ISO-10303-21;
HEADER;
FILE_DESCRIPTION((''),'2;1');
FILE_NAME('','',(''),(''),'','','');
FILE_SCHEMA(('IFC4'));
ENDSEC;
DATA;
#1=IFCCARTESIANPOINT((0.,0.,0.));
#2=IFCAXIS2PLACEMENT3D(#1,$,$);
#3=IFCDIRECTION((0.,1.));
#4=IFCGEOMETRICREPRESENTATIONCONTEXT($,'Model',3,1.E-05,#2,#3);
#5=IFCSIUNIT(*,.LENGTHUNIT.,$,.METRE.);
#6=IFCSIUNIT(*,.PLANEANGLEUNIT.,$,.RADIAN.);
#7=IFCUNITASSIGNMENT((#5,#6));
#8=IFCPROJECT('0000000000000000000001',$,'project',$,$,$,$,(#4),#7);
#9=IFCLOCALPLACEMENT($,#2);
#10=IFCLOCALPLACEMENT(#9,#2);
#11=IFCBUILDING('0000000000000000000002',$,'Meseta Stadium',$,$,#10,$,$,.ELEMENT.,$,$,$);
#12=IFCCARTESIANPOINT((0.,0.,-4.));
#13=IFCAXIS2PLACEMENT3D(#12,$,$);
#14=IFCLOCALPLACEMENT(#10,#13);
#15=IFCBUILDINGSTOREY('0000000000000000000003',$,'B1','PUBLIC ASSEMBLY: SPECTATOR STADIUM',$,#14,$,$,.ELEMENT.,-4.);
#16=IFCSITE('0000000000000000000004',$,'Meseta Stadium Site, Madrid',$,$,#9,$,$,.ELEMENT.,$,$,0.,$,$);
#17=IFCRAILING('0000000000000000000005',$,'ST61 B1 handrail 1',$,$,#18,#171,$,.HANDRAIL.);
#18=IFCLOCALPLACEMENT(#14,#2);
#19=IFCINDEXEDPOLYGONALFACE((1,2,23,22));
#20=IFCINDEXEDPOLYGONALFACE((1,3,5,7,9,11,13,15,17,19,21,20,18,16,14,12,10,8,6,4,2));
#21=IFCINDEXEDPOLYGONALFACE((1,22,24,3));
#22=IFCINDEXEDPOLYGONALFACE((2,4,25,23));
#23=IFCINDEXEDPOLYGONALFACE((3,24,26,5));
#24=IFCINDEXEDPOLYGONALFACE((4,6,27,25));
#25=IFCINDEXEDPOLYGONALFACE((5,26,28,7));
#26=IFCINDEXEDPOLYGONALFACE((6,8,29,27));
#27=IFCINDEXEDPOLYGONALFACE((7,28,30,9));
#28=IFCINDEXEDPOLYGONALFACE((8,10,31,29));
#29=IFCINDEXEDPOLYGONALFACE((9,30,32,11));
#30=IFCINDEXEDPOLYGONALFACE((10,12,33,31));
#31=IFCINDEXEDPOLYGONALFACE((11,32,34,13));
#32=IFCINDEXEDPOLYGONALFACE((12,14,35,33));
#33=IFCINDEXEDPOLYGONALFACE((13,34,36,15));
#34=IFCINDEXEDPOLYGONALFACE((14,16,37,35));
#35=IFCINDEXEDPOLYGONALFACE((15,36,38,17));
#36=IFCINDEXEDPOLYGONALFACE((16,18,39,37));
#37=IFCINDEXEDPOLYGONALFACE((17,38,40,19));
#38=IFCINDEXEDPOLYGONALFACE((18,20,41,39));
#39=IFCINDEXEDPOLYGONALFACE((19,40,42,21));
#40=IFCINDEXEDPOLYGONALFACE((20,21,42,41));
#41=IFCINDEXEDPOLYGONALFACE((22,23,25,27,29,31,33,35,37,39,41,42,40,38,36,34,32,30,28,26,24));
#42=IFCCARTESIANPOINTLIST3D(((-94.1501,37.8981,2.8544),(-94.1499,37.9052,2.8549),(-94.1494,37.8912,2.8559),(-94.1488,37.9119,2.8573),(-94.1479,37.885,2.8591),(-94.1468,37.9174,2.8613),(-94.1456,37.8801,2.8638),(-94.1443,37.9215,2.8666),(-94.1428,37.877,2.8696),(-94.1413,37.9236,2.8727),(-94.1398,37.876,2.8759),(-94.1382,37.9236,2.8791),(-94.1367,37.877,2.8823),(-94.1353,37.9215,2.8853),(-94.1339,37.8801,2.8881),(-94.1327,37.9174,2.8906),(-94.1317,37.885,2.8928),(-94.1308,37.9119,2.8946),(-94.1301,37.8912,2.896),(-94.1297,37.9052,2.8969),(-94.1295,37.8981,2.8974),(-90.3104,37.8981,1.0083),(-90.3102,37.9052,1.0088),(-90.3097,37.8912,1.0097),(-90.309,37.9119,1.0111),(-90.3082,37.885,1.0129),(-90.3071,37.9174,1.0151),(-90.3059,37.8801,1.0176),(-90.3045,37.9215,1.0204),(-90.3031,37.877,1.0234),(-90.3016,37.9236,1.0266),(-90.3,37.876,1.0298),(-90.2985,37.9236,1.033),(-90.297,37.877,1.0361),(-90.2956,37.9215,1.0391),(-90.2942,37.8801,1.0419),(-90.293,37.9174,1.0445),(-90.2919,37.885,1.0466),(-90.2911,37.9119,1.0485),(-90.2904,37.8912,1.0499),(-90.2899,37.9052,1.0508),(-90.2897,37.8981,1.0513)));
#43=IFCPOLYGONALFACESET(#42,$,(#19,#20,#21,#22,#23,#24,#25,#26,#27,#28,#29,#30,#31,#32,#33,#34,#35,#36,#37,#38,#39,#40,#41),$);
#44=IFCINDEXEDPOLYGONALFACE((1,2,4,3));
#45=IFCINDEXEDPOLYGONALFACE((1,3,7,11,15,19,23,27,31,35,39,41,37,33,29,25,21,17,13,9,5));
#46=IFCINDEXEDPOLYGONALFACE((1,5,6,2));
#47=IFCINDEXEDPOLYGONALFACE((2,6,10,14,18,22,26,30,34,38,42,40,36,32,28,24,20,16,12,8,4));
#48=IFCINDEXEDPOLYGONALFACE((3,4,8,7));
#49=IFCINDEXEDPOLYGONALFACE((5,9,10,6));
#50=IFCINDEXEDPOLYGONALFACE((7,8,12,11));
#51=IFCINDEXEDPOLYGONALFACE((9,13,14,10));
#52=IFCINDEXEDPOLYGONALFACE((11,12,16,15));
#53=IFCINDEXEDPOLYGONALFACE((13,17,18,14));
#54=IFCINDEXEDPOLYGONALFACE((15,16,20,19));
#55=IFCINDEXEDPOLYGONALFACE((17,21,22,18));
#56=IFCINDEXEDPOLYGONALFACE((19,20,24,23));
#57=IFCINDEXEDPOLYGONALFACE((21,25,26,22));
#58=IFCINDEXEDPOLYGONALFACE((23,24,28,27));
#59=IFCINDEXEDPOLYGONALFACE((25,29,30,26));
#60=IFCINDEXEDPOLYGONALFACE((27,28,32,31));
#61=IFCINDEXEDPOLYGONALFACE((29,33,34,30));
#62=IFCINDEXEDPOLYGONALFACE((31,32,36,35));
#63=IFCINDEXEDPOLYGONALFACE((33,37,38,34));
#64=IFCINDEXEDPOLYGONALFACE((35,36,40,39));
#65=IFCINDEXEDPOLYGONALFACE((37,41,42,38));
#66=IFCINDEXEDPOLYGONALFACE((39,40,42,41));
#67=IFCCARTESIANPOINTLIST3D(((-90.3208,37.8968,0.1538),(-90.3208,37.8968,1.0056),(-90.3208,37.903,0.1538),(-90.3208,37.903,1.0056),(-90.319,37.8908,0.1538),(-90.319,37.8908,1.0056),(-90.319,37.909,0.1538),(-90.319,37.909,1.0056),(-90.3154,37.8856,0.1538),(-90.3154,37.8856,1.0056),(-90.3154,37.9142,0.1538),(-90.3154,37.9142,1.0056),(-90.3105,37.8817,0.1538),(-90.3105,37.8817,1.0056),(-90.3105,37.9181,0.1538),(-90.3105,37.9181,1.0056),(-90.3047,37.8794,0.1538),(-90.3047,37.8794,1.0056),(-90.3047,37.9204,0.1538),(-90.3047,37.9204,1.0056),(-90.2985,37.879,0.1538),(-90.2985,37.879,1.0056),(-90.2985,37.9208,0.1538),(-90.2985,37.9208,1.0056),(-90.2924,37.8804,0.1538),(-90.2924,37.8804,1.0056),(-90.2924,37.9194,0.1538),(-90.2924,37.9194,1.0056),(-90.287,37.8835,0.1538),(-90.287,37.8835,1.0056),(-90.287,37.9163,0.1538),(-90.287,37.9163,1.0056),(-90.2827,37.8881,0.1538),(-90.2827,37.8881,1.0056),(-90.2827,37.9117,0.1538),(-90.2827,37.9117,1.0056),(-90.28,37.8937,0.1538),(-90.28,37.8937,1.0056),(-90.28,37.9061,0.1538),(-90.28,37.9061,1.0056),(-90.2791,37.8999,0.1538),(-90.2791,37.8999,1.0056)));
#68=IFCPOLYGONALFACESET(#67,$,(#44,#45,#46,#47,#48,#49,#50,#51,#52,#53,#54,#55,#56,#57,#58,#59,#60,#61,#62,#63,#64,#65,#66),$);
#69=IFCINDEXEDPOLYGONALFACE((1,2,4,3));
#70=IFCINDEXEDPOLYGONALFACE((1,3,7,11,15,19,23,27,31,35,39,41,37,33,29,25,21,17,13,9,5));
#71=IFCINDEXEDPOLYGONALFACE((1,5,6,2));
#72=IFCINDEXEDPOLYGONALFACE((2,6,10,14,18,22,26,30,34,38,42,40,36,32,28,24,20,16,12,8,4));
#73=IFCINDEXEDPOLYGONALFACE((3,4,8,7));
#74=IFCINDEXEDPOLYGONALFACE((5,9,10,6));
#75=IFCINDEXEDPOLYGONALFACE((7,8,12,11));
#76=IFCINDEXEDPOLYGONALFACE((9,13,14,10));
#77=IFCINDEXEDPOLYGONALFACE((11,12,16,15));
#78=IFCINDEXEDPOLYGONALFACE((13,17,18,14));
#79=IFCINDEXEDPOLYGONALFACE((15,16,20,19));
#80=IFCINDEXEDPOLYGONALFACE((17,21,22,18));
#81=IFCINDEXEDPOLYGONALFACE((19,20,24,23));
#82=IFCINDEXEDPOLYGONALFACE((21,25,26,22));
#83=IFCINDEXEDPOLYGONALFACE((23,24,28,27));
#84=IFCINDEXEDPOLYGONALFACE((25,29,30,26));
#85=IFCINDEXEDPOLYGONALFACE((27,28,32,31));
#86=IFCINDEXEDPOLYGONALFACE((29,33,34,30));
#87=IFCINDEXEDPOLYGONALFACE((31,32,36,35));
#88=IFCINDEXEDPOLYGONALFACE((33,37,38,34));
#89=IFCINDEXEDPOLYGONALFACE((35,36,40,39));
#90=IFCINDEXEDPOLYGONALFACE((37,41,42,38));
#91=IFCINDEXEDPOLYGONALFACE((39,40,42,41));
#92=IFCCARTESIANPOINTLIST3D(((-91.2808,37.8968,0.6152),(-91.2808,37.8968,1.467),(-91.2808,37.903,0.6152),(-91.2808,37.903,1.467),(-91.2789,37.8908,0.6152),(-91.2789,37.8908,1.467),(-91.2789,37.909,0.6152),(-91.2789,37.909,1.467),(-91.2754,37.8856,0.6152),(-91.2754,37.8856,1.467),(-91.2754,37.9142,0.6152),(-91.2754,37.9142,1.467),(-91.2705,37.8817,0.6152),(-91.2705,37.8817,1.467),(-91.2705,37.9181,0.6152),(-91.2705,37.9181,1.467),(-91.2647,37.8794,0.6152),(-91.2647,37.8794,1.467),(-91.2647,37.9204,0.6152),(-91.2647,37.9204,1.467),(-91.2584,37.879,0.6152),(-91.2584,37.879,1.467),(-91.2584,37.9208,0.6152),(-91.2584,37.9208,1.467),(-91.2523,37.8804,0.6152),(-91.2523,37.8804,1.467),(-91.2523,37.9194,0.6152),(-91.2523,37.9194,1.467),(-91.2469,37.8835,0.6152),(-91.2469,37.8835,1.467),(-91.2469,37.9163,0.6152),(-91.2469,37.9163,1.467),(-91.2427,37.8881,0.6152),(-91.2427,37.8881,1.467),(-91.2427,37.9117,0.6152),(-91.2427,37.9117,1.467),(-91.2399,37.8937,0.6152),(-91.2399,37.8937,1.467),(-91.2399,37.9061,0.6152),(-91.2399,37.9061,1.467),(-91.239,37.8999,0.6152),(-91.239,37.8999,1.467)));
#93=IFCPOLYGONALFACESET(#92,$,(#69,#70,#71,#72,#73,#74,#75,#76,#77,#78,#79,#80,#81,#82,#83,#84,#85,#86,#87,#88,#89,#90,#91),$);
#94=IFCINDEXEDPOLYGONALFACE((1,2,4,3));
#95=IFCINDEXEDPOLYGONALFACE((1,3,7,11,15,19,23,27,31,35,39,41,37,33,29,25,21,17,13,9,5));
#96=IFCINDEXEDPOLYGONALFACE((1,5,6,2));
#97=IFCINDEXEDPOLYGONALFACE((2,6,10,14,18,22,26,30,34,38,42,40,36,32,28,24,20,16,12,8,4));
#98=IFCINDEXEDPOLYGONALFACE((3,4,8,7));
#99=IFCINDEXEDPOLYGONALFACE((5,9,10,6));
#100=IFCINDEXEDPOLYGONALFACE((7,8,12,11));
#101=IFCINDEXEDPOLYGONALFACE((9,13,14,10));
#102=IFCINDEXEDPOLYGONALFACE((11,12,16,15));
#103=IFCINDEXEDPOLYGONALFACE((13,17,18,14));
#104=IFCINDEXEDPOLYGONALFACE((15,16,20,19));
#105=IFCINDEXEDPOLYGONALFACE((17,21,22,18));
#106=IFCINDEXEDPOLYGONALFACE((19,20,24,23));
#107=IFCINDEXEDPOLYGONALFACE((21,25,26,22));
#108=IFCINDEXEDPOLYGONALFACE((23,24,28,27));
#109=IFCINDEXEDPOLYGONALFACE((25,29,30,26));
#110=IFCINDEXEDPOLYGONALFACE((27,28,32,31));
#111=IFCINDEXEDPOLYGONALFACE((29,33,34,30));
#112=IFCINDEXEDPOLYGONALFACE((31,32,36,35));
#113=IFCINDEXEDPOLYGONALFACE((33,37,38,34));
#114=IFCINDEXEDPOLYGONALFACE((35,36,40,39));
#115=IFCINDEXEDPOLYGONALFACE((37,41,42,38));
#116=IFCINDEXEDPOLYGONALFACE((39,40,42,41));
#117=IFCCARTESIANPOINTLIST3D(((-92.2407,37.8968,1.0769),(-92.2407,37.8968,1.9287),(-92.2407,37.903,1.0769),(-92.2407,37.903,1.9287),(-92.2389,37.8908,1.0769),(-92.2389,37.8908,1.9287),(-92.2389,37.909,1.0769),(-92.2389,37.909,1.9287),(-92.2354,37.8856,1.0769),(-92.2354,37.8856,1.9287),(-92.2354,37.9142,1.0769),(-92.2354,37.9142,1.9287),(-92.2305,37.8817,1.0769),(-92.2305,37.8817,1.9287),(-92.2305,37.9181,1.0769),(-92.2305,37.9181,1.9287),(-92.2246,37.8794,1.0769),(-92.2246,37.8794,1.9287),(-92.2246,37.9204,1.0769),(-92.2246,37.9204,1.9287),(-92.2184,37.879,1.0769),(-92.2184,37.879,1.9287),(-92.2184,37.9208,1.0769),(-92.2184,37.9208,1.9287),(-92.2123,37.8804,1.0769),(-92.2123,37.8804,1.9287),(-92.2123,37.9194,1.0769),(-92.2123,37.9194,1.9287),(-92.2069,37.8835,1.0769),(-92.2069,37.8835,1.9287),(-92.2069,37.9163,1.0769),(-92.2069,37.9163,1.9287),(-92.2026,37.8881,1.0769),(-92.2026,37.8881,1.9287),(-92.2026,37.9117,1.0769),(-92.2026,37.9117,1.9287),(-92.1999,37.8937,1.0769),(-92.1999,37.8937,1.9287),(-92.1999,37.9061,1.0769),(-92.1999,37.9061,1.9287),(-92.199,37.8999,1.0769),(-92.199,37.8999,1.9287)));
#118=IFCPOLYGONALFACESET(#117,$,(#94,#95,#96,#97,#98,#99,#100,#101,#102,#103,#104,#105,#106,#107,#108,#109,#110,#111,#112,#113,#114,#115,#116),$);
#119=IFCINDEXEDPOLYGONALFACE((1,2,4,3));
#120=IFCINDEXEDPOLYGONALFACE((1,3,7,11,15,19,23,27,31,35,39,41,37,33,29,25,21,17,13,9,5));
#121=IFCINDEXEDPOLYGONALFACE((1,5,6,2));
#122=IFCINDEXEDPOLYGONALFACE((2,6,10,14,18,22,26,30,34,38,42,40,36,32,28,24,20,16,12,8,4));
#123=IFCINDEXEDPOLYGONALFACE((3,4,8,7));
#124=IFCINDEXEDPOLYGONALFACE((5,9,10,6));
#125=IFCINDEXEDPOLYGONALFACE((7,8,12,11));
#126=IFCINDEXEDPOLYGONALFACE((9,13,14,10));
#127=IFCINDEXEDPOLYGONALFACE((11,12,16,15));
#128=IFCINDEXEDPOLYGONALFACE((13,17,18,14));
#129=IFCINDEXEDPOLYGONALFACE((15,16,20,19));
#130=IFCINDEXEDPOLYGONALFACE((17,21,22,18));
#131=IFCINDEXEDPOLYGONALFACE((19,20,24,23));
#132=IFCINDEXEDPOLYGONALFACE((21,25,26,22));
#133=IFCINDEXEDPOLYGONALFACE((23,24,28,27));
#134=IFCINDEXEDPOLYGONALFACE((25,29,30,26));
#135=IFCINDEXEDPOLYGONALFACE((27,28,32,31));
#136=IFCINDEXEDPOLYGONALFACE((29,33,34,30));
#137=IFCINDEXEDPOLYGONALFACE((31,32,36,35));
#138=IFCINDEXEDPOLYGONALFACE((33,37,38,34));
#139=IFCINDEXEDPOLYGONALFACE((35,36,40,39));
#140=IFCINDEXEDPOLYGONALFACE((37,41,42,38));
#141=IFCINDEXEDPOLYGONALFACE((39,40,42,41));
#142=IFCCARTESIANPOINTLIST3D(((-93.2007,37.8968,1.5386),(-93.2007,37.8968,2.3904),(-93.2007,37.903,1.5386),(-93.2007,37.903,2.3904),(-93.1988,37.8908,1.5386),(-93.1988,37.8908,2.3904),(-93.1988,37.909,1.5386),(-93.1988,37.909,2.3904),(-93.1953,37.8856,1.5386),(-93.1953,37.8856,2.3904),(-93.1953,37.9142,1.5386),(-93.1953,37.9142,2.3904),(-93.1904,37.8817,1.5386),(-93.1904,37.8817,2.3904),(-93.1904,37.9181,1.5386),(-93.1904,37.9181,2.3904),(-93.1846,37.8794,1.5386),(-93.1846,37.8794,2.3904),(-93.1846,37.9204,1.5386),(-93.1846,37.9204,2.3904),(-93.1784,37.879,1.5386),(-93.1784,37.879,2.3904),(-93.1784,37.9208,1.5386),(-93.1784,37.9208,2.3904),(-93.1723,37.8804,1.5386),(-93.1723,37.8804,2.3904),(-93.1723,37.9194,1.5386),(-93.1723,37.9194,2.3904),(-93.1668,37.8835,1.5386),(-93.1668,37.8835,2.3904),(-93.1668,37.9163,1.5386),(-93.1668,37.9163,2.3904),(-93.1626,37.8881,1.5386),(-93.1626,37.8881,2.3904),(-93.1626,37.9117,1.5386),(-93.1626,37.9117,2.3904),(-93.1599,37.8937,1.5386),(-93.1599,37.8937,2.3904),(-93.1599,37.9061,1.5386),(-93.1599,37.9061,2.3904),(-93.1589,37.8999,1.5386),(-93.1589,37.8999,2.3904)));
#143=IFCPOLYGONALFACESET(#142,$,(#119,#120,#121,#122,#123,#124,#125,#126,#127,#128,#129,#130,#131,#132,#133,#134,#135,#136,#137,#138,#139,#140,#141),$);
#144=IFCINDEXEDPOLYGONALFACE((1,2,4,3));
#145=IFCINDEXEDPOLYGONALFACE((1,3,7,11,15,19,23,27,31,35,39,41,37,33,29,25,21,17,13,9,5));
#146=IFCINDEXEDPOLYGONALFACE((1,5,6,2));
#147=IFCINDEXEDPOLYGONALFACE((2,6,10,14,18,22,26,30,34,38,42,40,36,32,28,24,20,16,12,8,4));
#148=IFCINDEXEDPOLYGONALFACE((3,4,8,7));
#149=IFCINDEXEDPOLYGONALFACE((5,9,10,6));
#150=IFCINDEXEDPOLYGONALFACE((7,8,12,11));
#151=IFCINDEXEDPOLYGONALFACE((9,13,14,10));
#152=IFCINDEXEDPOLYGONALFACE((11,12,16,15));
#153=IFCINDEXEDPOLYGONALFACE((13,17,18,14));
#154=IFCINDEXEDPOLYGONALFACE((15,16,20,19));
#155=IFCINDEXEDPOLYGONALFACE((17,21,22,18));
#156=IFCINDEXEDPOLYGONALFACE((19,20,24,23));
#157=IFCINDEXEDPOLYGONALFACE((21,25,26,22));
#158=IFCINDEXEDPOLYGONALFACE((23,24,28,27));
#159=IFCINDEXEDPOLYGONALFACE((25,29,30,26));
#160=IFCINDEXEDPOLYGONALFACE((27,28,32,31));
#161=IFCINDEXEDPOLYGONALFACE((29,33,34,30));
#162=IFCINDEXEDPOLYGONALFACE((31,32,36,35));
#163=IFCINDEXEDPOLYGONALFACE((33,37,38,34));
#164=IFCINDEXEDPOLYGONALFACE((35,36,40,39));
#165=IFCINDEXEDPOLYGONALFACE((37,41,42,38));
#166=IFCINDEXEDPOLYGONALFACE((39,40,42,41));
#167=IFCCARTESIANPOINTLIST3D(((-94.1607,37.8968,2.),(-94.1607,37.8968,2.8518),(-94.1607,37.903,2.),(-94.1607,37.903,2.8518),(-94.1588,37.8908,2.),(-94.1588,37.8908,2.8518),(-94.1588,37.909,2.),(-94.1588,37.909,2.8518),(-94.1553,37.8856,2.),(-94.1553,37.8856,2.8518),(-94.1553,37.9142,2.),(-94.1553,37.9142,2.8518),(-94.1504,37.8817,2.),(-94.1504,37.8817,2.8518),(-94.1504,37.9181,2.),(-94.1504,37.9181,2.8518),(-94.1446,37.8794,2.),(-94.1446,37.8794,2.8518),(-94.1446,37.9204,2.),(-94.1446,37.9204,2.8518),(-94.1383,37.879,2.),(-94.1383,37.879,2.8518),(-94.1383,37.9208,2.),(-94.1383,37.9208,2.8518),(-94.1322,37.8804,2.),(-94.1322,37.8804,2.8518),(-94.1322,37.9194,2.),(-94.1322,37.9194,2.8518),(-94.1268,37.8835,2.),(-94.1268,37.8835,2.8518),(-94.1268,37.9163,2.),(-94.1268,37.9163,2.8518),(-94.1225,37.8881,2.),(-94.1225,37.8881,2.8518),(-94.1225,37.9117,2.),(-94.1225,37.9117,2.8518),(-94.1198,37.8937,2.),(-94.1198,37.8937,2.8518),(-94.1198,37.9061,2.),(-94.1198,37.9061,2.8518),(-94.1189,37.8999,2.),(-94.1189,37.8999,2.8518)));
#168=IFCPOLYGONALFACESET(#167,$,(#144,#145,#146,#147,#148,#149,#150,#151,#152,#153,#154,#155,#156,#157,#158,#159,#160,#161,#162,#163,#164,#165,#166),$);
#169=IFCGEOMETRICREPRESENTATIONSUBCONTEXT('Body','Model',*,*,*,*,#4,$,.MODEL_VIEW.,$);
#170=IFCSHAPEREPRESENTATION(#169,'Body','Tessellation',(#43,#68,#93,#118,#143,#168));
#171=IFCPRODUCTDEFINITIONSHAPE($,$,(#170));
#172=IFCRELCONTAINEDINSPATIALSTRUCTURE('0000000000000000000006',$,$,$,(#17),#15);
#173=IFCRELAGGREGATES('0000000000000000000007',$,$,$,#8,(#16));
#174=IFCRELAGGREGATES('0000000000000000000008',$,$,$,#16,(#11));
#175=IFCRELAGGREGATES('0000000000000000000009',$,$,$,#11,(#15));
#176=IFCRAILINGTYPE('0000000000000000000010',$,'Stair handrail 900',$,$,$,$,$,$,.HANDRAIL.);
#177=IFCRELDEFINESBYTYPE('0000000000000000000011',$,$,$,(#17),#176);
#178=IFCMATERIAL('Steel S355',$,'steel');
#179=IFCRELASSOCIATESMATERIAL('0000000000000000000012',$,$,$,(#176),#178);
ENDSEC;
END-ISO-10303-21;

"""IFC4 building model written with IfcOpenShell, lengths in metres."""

from ifc_helpers import new_model, si_unit, direction, frame, origin, origin_2d, place, context, subcontext, project, spatial, circle, extrude, material, type_object, element, save


model = new_model("IFC4")

# Units and contexts
model_context = context("Model", 3, precision=1e-05, world=origin(), true_north=direction((0.0, 1.0)))
body_context = subcontext(model_context, "Body", "Model", "MODEL_VIEW")
ifc_project = project(units=[si_unit("LENGTHUNIT", "METRE"), si_unit("PLANEANGLEUNIT", "RADIAN")], contexts=[model_context])

# Site, building, storey
site_placement = place(None, origin())
site = spatial("IfcSite", under=ifc_project, at=site_placement, Name="Meseta Stadium Site, Madrid", CompositionType="ELEMENT", RefElevation=0.0)
building_placement = place(site_placement, origin())
building = spatial("IfcBuilding", under=site, at=building_placement, Name="Meseta Stadium", CompositionType="ELEMENT")
storey_placement = place(building_placement, frame((0.0, 0.0, -4.0)))
storey = spatial("IfcBuildingStorey", under=building, at=storey_placement, Name="B1", Description="PUBLIC ASSEMBLY: SPECTATOR STADIUM", CompositionType="ELEMENT", Elevation=-4.0)

# Railing
ifc_material_1 = material(Name="Steel S355", Category="steel")
railing_type_1 = type_object("IfcRailingType", Name="Stair handrail 900", PredefinedType="HANDRAIL", material=ifc_material_1)
for number, where, name in (
    (1, (-90.3, 37.8999, 0.1538), "ST61 B1 handrail 1"),
):
    element("IfcRailing", number, at=place(storey_placement, frame(where)), inside=storey, type_object=railing_type_1, Name=name, PredefinedType="HANDRAIL", context=body_context, shape_type="SweptSolid", body=[
        extrude(circle(Radius=0.0239, at=origin_2d()), frame((0.0, 0.0, 0.876), z_axis=(-0.901242, 0.0, 0.433316), x_axis=(0.0, -1.0, 0.0)), (0.0, 0.0, 1.0), 4.2605),
        extrude(circle(Radius=0.021, at=origin_2d()), origin(), (0.0, 0.0, 1.0), 0.8518),
        extrude(circle(Radius=0.021, at=origin_2d()), frame((-0.96, 0.0, 0.4614)), (0.0, 0.0, 1.0), 0.8518),
        extrude(circle(Radius=0.021, at=origin_2d()), frame((-1.9199, 0.0, 0.9231)), (0.0, 0.0, 1.0), 0.8518),
        extrude(circle(Radius=0.021, at=origin_2d()), frame((-2.8799, 0.0, 1.3848)), (0.0, 0.0, 1.0), 0.8518),
        extrude(circle(Radius=0.021, at=origin_2d()), frame((-3.8398, 0.0, 1.8462)), (0.0, 0.0, 1.0), 0.8518),
    ])

save(model, "model.ifc")
